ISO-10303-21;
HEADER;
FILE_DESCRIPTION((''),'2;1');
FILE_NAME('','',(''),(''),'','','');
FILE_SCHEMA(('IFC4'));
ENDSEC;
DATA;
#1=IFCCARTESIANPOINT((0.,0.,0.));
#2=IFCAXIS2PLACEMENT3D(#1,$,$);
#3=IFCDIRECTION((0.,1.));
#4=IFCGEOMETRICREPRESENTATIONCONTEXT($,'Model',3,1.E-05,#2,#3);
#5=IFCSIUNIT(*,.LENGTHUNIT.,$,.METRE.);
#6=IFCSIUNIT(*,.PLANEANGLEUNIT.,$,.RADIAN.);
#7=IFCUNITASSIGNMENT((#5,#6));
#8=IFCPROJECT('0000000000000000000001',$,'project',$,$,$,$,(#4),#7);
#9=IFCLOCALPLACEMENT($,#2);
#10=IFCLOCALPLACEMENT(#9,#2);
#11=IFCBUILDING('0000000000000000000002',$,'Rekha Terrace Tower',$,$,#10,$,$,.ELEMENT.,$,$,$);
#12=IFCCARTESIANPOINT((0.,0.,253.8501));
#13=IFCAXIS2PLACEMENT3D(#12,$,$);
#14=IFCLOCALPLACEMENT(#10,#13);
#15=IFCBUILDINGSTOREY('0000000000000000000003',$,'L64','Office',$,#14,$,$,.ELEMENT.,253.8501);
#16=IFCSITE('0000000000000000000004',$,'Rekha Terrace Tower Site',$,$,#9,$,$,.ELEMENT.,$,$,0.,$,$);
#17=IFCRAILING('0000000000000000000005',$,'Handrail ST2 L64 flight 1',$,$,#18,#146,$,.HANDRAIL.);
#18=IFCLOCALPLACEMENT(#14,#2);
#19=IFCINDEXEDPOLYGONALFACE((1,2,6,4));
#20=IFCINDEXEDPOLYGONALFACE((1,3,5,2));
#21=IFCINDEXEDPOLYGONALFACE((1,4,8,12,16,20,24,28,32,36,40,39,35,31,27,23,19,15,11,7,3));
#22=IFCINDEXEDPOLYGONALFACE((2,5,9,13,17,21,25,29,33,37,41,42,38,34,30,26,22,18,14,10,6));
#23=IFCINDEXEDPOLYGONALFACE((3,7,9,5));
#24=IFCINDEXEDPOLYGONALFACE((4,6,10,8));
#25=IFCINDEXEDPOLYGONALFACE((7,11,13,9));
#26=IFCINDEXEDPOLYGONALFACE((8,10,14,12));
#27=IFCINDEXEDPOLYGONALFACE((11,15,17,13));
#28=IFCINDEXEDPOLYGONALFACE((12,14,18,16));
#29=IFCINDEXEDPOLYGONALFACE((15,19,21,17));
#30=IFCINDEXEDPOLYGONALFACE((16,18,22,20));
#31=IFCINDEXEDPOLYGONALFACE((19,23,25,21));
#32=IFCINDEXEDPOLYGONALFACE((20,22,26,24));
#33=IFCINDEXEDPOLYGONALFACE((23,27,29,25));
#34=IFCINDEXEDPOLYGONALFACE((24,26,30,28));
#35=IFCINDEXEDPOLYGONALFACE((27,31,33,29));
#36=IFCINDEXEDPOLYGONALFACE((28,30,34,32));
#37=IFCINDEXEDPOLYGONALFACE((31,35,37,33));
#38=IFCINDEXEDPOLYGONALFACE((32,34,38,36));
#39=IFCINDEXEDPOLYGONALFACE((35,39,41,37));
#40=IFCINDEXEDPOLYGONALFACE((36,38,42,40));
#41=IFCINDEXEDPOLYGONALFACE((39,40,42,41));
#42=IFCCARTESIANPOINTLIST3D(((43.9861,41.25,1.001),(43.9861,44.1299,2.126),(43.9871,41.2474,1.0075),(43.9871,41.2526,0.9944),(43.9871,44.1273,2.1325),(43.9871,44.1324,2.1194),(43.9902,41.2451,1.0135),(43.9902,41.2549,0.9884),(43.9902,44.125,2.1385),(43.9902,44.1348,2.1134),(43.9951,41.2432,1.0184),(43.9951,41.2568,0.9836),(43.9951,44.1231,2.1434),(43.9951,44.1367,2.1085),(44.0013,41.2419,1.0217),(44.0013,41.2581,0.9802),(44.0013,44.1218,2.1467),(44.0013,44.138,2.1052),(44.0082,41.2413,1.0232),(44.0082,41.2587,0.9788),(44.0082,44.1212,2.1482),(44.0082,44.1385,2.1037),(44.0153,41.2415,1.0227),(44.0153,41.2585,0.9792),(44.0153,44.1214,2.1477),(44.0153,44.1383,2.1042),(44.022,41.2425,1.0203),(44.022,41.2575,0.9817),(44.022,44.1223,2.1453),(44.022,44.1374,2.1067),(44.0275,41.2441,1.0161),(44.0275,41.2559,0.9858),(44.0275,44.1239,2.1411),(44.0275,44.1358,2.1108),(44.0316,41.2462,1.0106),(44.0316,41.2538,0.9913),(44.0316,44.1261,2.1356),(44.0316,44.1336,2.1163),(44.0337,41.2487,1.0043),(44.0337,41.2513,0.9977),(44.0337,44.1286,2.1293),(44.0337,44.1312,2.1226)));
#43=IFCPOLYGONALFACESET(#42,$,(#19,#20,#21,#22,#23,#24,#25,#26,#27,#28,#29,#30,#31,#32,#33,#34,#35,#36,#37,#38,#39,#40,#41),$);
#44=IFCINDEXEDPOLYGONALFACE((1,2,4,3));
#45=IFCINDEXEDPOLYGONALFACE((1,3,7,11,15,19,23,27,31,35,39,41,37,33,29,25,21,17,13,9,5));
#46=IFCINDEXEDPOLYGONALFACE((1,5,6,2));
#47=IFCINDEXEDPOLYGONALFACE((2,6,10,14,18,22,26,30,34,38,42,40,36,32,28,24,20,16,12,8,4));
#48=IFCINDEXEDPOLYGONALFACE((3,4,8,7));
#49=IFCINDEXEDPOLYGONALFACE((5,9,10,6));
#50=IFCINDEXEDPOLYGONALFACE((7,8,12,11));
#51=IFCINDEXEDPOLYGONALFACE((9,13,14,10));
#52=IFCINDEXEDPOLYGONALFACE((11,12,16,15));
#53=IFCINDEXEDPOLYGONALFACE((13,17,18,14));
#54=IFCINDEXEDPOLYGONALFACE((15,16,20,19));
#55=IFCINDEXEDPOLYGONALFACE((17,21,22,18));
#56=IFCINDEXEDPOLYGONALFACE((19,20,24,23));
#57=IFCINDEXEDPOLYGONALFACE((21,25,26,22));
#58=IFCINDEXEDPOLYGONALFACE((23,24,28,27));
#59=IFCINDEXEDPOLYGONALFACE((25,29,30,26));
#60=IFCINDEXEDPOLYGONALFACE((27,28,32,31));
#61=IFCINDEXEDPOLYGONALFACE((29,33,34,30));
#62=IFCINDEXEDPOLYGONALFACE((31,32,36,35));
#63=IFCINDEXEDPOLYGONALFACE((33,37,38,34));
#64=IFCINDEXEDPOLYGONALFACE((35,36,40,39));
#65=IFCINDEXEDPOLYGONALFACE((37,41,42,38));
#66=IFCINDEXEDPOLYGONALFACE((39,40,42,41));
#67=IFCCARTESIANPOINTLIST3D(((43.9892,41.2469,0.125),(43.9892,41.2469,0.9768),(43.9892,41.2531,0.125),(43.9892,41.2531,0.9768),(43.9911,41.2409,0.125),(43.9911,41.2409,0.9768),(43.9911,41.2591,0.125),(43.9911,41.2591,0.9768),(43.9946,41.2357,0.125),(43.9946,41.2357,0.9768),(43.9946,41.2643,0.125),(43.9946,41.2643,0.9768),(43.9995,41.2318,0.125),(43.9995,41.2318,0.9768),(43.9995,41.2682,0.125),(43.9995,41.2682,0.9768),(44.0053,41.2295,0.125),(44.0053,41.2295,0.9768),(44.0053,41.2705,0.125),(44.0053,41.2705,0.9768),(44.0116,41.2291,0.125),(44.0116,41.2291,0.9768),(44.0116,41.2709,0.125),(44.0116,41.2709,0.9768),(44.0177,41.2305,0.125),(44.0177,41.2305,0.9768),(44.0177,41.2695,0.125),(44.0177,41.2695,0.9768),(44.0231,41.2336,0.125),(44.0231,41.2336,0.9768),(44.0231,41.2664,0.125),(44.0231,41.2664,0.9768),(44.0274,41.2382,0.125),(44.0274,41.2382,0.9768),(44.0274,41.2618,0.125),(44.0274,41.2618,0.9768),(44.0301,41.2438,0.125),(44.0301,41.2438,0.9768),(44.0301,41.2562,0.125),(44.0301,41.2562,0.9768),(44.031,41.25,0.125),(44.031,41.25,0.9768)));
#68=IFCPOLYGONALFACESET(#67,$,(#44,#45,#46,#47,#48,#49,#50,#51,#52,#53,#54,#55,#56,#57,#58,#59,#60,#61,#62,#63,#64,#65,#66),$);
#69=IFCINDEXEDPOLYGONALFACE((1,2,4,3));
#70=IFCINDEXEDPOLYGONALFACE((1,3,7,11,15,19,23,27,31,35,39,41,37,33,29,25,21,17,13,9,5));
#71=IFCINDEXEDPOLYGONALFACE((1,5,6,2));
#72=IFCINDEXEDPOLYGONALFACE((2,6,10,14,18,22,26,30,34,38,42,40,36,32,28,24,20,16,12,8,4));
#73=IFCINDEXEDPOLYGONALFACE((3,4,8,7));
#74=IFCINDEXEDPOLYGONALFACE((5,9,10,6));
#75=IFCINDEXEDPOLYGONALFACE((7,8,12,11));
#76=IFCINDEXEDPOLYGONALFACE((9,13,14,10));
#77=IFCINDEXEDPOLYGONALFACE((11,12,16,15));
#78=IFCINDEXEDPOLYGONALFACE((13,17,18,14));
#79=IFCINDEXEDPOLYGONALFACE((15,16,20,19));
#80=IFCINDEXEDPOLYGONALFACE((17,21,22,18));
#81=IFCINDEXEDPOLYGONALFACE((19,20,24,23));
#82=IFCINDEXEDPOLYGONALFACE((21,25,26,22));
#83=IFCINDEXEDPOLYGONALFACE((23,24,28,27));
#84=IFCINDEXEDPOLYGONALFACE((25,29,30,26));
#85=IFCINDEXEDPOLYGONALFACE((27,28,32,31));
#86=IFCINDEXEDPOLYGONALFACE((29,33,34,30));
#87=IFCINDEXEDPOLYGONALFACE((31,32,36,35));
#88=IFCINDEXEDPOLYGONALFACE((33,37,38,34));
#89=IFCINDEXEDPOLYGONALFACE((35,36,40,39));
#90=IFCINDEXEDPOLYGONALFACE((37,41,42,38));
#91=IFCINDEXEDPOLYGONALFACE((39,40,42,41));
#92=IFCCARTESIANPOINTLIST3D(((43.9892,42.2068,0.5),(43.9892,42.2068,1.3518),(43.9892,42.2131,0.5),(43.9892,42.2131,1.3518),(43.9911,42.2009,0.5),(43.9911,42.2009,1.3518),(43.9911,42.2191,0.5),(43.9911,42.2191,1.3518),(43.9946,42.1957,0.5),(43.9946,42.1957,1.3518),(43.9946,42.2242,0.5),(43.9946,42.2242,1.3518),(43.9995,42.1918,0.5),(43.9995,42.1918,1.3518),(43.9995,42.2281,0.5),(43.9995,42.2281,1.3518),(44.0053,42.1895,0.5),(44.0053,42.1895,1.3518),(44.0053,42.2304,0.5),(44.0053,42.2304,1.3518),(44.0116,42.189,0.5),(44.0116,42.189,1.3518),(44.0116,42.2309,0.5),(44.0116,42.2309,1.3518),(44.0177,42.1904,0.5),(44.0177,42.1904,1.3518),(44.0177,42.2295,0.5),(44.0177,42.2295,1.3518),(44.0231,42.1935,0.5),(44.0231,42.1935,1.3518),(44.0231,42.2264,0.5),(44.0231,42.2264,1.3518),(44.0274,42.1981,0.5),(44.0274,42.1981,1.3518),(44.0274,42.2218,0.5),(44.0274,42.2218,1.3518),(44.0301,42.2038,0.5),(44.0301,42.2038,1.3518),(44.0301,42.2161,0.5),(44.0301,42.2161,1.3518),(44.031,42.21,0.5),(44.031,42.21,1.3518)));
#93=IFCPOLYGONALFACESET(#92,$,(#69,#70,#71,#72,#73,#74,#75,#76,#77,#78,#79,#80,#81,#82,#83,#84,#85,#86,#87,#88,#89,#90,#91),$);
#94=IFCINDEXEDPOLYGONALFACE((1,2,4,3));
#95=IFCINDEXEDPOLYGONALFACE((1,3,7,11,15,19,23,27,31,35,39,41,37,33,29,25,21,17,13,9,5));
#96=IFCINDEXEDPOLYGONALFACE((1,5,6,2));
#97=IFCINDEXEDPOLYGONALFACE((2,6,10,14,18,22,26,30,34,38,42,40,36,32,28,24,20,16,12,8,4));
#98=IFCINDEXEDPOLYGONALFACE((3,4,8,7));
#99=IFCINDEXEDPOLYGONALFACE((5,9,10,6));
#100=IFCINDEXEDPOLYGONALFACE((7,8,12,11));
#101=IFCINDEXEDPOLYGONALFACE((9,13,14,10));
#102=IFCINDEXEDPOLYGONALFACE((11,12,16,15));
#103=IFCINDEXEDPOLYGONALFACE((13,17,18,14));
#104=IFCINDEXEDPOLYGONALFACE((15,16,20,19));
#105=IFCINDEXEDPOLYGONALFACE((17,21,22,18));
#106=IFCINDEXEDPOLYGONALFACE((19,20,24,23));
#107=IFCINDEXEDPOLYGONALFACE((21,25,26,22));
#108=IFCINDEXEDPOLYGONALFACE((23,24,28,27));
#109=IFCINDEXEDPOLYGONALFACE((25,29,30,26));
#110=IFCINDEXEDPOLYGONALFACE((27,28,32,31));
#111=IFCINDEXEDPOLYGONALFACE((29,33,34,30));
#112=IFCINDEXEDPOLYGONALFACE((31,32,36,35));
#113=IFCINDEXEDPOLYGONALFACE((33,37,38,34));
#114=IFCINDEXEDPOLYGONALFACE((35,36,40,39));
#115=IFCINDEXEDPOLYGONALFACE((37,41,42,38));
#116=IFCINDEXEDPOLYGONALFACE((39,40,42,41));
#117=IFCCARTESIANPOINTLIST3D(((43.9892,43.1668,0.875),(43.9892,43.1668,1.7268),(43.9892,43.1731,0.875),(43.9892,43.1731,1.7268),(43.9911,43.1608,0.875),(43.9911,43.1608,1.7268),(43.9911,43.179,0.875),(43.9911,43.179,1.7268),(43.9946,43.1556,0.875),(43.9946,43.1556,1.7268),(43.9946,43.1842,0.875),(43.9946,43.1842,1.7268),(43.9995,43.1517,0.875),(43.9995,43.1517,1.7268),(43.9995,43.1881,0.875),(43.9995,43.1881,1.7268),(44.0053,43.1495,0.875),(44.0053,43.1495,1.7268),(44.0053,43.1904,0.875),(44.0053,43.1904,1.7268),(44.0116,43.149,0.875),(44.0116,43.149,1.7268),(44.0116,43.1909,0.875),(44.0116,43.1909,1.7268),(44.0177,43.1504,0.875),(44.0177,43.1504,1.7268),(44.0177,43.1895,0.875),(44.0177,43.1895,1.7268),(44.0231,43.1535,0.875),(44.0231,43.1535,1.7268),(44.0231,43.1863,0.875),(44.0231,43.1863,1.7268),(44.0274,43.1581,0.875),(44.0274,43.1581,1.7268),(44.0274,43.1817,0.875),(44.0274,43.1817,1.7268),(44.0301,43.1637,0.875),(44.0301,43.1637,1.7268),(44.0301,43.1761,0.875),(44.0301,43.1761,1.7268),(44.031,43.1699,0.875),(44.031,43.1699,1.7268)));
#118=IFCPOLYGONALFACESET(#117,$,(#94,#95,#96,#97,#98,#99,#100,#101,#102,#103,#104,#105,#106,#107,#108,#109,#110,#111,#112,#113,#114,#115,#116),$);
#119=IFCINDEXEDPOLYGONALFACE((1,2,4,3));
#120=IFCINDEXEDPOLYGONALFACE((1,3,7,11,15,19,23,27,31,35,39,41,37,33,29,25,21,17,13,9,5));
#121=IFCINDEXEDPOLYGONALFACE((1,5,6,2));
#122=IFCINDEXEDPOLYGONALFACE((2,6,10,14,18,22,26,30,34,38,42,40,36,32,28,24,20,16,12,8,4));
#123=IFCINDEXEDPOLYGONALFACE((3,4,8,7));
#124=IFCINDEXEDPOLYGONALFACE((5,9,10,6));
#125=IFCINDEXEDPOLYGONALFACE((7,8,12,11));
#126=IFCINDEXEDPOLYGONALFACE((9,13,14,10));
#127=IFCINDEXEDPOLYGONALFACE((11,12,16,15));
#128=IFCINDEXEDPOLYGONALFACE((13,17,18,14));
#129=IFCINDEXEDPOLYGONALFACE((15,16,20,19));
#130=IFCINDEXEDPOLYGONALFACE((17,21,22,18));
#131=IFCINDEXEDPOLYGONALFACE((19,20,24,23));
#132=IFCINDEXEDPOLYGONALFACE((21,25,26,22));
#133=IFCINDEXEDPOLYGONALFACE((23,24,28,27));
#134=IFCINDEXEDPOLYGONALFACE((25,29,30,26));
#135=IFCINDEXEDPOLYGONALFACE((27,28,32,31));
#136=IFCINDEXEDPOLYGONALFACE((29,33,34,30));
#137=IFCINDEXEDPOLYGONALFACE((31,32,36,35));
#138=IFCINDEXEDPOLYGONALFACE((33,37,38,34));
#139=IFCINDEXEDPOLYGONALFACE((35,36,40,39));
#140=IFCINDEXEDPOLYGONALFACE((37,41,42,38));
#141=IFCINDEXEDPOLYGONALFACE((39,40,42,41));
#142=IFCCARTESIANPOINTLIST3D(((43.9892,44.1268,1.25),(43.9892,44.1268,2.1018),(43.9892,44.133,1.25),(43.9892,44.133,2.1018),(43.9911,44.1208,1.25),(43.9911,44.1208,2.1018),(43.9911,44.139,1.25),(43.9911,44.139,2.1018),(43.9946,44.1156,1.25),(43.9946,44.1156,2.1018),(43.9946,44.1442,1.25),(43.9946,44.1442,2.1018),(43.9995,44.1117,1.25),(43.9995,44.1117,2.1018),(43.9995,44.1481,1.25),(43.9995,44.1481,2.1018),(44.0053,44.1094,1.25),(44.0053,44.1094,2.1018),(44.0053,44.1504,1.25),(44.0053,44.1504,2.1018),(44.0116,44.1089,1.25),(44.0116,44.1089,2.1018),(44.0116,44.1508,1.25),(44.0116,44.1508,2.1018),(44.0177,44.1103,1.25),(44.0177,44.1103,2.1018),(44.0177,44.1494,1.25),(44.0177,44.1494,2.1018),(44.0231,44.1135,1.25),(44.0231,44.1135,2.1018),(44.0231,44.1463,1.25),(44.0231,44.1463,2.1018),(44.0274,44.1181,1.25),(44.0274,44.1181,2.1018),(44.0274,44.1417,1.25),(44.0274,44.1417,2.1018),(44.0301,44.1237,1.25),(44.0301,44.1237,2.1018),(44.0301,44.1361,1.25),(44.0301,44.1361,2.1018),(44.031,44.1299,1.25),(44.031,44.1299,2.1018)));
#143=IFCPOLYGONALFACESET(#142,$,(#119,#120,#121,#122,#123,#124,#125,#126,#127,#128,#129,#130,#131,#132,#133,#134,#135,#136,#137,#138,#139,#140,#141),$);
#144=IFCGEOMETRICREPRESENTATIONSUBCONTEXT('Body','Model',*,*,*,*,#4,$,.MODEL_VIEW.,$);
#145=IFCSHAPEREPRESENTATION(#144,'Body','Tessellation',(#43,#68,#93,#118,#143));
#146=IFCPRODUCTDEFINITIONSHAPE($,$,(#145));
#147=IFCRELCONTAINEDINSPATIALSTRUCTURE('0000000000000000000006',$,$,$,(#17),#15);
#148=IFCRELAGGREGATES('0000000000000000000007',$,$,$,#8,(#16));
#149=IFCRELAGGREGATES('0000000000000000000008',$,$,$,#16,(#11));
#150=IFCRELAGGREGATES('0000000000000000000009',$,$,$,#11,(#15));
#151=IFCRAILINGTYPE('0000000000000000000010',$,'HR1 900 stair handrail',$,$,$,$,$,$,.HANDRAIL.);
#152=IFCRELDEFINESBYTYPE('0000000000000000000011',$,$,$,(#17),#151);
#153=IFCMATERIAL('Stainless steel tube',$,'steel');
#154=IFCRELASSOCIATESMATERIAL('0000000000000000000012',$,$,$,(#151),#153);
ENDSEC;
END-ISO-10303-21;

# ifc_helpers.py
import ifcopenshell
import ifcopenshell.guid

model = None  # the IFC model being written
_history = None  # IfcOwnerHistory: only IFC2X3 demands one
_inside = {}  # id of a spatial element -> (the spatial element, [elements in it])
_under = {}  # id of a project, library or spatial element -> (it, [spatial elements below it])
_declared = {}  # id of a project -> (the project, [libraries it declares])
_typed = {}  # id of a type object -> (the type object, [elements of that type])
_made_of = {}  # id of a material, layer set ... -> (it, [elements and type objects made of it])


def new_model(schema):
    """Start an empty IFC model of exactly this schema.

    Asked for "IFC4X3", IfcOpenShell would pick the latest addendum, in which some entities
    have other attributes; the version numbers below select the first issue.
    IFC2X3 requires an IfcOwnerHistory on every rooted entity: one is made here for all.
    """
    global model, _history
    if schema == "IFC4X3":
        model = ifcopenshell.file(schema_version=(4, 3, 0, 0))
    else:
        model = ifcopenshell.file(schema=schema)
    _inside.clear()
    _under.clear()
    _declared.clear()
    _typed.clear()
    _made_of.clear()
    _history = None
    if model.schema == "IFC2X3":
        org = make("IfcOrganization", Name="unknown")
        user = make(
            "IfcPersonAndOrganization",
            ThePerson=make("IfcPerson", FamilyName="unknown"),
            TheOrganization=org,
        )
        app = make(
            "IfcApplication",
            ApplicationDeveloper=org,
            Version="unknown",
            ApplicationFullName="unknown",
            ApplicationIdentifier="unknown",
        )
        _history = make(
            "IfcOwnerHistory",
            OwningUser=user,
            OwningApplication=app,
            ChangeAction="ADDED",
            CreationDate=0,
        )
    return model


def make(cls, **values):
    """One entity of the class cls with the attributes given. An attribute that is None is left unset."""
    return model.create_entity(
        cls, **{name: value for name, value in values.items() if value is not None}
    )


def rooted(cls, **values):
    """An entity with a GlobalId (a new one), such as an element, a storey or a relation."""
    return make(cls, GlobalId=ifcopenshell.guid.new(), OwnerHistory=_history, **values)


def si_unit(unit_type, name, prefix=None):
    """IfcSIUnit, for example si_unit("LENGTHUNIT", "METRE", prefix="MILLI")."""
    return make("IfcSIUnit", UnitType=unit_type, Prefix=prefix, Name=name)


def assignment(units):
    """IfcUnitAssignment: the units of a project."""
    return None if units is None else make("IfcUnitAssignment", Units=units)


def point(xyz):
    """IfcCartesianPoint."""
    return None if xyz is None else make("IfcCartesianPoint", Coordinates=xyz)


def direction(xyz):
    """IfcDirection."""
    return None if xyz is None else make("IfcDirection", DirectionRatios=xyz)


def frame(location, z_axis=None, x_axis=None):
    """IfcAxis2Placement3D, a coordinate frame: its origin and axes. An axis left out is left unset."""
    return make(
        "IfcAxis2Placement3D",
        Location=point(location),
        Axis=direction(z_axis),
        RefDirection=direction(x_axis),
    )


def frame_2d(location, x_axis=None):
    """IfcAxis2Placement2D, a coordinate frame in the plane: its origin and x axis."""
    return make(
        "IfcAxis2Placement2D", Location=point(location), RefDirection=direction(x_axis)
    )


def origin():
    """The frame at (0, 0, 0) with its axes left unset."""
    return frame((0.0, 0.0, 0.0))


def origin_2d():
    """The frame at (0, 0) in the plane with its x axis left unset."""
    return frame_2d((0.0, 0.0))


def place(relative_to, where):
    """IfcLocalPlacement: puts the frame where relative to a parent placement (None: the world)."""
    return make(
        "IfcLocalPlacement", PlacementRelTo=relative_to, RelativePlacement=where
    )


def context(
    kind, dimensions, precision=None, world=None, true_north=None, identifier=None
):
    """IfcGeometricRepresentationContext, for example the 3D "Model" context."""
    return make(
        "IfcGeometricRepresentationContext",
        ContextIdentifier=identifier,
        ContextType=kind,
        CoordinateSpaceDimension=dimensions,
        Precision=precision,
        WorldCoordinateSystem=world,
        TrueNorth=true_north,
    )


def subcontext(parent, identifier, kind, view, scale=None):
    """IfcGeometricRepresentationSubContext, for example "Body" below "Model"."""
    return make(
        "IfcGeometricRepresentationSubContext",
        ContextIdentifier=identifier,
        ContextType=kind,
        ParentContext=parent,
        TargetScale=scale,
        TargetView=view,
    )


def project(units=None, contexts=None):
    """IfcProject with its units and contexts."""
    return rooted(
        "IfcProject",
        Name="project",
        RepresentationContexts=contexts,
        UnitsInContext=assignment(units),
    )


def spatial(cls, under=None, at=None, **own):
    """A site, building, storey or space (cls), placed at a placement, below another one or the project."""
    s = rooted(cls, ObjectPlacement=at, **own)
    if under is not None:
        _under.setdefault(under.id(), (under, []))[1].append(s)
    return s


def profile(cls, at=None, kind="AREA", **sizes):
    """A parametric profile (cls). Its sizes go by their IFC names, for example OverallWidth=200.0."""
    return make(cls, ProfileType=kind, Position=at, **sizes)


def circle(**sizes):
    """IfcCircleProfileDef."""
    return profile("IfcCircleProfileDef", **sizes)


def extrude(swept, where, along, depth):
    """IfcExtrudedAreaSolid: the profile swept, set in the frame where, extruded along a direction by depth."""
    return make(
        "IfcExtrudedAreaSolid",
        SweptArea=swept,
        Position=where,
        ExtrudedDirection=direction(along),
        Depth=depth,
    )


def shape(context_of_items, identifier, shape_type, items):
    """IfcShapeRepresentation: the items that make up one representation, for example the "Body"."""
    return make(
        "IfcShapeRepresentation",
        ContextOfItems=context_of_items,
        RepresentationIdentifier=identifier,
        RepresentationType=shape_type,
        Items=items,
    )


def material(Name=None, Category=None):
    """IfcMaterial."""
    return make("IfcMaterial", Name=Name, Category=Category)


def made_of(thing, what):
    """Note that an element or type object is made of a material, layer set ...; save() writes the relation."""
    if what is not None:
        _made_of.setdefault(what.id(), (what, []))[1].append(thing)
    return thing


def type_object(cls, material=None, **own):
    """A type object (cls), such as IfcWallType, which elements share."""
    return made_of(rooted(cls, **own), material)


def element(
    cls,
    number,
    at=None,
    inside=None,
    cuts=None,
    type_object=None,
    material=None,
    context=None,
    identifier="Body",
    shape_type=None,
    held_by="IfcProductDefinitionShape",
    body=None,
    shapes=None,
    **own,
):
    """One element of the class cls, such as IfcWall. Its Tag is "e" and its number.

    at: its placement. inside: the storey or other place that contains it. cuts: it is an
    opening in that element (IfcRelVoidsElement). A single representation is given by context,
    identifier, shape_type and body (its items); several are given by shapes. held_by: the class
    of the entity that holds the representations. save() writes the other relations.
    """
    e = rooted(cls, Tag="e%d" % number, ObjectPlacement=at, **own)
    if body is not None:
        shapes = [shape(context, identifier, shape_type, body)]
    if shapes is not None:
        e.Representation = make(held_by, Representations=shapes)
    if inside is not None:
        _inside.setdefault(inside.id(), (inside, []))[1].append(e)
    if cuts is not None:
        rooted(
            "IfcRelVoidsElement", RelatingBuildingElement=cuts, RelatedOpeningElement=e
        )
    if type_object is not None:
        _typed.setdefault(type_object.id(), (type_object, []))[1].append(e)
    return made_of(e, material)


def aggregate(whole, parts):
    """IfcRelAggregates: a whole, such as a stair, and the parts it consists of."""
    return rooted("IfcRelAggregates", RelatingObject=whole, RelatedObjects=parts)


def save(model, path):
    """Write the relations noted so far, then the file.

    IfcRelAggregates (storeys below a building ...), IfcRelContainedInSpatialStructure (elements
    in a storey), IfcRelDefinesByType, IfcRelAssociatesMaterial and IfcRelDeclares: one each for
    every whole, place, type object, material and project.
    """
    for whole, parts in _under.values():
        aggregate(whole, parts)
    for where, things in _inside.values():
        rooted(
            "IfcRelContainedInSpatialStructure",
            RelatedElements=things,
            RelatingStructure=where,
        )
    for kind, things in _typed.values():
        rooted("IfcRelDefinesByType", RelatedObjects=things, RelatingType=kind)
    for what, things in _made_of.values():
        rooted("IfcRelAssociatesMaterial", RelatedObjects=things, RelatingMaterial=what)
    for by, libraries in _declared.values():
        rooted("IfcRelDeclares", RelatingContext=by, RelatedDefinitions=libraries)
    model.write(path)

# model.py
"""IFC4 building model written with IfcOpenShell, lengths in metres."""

from ifc_helpers import new_model, si_unit, direction, frame, origin, origin_2d, place, context, subcontext, project, spatial, circle, extrude, material, type_object, element, save


model = new_model("IFC4")

# Units and contexts
model_context = context("Model", 3, precision=1e-05, world=origin(), true_north=direction((0.0, 1.0)))
body_context = subcontext(model_context, "Body", "Model", "MODEL_VIEW")
ifc_project = project(units=[si_unit("LENGTHUNIT", "METRE"), si_unit("PLANEANGLEUNIT", "RADIAN")], contexts=[model_context])

# Site, building, storey
site_placement = place(None, origin())
site = spatial("IfcSite", under=ifc_project, at=site_placement, Name="Rekha Terrace Tower Site", CompositionType="ELEMENT", RefElevation=0.0)
building_placement = place(site_placement, origin())
building = spatial("IfcBuilding", under=site, at=building_placement, Name="Rekha Terrace Tower", CompositionType="ELEMENT")
storey_placement = place(building_placement, frame((0.0, 0.0, 253.8501)))
storey = spatial("IfcBuildingStorey", under=building, at=storey_placement, Name="L64", Description="Office", CompositionType="ELEMENT", Elevation=253.8501)

# Railing
ifc_material_1 = material(Name="Stainless steel tube", Category="steel")
railing_type_1 = type_object("IfcRailingType", Name="HR1 900 stair handrail", PredefinedType="HANDRAIL", material=ifc_material_1)
for number, where, name in (
    (1, (44.01, 41.25, 0.125), "Handrail ST2 L64 flight 1"),
):
    element("IfcRailing", number, at=place(storey_placement, frame(where)), inside=storey, type_object=railing_type_1, Name=name, PredefinedType="HANDRAIL", context=body_context, shape_type="SweptSolid", body=[
        extrude(circle(Radius=0.0239, at=origin_2d()), frame((0.0, 0.0, 0.876), z_axis=(0.0, 0.931452, 0.363863), x_axis=(-1.0, 0.0, 0.0)), (0.0, 0.0, 1.0), 3.0918),
        extrude(circle(Radius=0.021, at=origin_2d()), origin(), (0.0, 0.0, 1.0), 0.8518),
        extrude(circle(Radius=0.021, at=origin_2d()), frame((0.0, 0.96, 0.375)), (0.0, 0.0, 1.0), 0.8518),
        extrude(circle(Radius=0.021, at=origin_2d()), frame((0.0, 1.9199, 0.75)), (0.0, 0.0, 1.0), 0.8518),
        extrude(circle(Radius=0.021, at=origin_2d()), frame((0.0, 2.8799, 1.125)), (0.0, 0.0, 1.0), 0.8518),
    ])

save(model, "model.ifc")
